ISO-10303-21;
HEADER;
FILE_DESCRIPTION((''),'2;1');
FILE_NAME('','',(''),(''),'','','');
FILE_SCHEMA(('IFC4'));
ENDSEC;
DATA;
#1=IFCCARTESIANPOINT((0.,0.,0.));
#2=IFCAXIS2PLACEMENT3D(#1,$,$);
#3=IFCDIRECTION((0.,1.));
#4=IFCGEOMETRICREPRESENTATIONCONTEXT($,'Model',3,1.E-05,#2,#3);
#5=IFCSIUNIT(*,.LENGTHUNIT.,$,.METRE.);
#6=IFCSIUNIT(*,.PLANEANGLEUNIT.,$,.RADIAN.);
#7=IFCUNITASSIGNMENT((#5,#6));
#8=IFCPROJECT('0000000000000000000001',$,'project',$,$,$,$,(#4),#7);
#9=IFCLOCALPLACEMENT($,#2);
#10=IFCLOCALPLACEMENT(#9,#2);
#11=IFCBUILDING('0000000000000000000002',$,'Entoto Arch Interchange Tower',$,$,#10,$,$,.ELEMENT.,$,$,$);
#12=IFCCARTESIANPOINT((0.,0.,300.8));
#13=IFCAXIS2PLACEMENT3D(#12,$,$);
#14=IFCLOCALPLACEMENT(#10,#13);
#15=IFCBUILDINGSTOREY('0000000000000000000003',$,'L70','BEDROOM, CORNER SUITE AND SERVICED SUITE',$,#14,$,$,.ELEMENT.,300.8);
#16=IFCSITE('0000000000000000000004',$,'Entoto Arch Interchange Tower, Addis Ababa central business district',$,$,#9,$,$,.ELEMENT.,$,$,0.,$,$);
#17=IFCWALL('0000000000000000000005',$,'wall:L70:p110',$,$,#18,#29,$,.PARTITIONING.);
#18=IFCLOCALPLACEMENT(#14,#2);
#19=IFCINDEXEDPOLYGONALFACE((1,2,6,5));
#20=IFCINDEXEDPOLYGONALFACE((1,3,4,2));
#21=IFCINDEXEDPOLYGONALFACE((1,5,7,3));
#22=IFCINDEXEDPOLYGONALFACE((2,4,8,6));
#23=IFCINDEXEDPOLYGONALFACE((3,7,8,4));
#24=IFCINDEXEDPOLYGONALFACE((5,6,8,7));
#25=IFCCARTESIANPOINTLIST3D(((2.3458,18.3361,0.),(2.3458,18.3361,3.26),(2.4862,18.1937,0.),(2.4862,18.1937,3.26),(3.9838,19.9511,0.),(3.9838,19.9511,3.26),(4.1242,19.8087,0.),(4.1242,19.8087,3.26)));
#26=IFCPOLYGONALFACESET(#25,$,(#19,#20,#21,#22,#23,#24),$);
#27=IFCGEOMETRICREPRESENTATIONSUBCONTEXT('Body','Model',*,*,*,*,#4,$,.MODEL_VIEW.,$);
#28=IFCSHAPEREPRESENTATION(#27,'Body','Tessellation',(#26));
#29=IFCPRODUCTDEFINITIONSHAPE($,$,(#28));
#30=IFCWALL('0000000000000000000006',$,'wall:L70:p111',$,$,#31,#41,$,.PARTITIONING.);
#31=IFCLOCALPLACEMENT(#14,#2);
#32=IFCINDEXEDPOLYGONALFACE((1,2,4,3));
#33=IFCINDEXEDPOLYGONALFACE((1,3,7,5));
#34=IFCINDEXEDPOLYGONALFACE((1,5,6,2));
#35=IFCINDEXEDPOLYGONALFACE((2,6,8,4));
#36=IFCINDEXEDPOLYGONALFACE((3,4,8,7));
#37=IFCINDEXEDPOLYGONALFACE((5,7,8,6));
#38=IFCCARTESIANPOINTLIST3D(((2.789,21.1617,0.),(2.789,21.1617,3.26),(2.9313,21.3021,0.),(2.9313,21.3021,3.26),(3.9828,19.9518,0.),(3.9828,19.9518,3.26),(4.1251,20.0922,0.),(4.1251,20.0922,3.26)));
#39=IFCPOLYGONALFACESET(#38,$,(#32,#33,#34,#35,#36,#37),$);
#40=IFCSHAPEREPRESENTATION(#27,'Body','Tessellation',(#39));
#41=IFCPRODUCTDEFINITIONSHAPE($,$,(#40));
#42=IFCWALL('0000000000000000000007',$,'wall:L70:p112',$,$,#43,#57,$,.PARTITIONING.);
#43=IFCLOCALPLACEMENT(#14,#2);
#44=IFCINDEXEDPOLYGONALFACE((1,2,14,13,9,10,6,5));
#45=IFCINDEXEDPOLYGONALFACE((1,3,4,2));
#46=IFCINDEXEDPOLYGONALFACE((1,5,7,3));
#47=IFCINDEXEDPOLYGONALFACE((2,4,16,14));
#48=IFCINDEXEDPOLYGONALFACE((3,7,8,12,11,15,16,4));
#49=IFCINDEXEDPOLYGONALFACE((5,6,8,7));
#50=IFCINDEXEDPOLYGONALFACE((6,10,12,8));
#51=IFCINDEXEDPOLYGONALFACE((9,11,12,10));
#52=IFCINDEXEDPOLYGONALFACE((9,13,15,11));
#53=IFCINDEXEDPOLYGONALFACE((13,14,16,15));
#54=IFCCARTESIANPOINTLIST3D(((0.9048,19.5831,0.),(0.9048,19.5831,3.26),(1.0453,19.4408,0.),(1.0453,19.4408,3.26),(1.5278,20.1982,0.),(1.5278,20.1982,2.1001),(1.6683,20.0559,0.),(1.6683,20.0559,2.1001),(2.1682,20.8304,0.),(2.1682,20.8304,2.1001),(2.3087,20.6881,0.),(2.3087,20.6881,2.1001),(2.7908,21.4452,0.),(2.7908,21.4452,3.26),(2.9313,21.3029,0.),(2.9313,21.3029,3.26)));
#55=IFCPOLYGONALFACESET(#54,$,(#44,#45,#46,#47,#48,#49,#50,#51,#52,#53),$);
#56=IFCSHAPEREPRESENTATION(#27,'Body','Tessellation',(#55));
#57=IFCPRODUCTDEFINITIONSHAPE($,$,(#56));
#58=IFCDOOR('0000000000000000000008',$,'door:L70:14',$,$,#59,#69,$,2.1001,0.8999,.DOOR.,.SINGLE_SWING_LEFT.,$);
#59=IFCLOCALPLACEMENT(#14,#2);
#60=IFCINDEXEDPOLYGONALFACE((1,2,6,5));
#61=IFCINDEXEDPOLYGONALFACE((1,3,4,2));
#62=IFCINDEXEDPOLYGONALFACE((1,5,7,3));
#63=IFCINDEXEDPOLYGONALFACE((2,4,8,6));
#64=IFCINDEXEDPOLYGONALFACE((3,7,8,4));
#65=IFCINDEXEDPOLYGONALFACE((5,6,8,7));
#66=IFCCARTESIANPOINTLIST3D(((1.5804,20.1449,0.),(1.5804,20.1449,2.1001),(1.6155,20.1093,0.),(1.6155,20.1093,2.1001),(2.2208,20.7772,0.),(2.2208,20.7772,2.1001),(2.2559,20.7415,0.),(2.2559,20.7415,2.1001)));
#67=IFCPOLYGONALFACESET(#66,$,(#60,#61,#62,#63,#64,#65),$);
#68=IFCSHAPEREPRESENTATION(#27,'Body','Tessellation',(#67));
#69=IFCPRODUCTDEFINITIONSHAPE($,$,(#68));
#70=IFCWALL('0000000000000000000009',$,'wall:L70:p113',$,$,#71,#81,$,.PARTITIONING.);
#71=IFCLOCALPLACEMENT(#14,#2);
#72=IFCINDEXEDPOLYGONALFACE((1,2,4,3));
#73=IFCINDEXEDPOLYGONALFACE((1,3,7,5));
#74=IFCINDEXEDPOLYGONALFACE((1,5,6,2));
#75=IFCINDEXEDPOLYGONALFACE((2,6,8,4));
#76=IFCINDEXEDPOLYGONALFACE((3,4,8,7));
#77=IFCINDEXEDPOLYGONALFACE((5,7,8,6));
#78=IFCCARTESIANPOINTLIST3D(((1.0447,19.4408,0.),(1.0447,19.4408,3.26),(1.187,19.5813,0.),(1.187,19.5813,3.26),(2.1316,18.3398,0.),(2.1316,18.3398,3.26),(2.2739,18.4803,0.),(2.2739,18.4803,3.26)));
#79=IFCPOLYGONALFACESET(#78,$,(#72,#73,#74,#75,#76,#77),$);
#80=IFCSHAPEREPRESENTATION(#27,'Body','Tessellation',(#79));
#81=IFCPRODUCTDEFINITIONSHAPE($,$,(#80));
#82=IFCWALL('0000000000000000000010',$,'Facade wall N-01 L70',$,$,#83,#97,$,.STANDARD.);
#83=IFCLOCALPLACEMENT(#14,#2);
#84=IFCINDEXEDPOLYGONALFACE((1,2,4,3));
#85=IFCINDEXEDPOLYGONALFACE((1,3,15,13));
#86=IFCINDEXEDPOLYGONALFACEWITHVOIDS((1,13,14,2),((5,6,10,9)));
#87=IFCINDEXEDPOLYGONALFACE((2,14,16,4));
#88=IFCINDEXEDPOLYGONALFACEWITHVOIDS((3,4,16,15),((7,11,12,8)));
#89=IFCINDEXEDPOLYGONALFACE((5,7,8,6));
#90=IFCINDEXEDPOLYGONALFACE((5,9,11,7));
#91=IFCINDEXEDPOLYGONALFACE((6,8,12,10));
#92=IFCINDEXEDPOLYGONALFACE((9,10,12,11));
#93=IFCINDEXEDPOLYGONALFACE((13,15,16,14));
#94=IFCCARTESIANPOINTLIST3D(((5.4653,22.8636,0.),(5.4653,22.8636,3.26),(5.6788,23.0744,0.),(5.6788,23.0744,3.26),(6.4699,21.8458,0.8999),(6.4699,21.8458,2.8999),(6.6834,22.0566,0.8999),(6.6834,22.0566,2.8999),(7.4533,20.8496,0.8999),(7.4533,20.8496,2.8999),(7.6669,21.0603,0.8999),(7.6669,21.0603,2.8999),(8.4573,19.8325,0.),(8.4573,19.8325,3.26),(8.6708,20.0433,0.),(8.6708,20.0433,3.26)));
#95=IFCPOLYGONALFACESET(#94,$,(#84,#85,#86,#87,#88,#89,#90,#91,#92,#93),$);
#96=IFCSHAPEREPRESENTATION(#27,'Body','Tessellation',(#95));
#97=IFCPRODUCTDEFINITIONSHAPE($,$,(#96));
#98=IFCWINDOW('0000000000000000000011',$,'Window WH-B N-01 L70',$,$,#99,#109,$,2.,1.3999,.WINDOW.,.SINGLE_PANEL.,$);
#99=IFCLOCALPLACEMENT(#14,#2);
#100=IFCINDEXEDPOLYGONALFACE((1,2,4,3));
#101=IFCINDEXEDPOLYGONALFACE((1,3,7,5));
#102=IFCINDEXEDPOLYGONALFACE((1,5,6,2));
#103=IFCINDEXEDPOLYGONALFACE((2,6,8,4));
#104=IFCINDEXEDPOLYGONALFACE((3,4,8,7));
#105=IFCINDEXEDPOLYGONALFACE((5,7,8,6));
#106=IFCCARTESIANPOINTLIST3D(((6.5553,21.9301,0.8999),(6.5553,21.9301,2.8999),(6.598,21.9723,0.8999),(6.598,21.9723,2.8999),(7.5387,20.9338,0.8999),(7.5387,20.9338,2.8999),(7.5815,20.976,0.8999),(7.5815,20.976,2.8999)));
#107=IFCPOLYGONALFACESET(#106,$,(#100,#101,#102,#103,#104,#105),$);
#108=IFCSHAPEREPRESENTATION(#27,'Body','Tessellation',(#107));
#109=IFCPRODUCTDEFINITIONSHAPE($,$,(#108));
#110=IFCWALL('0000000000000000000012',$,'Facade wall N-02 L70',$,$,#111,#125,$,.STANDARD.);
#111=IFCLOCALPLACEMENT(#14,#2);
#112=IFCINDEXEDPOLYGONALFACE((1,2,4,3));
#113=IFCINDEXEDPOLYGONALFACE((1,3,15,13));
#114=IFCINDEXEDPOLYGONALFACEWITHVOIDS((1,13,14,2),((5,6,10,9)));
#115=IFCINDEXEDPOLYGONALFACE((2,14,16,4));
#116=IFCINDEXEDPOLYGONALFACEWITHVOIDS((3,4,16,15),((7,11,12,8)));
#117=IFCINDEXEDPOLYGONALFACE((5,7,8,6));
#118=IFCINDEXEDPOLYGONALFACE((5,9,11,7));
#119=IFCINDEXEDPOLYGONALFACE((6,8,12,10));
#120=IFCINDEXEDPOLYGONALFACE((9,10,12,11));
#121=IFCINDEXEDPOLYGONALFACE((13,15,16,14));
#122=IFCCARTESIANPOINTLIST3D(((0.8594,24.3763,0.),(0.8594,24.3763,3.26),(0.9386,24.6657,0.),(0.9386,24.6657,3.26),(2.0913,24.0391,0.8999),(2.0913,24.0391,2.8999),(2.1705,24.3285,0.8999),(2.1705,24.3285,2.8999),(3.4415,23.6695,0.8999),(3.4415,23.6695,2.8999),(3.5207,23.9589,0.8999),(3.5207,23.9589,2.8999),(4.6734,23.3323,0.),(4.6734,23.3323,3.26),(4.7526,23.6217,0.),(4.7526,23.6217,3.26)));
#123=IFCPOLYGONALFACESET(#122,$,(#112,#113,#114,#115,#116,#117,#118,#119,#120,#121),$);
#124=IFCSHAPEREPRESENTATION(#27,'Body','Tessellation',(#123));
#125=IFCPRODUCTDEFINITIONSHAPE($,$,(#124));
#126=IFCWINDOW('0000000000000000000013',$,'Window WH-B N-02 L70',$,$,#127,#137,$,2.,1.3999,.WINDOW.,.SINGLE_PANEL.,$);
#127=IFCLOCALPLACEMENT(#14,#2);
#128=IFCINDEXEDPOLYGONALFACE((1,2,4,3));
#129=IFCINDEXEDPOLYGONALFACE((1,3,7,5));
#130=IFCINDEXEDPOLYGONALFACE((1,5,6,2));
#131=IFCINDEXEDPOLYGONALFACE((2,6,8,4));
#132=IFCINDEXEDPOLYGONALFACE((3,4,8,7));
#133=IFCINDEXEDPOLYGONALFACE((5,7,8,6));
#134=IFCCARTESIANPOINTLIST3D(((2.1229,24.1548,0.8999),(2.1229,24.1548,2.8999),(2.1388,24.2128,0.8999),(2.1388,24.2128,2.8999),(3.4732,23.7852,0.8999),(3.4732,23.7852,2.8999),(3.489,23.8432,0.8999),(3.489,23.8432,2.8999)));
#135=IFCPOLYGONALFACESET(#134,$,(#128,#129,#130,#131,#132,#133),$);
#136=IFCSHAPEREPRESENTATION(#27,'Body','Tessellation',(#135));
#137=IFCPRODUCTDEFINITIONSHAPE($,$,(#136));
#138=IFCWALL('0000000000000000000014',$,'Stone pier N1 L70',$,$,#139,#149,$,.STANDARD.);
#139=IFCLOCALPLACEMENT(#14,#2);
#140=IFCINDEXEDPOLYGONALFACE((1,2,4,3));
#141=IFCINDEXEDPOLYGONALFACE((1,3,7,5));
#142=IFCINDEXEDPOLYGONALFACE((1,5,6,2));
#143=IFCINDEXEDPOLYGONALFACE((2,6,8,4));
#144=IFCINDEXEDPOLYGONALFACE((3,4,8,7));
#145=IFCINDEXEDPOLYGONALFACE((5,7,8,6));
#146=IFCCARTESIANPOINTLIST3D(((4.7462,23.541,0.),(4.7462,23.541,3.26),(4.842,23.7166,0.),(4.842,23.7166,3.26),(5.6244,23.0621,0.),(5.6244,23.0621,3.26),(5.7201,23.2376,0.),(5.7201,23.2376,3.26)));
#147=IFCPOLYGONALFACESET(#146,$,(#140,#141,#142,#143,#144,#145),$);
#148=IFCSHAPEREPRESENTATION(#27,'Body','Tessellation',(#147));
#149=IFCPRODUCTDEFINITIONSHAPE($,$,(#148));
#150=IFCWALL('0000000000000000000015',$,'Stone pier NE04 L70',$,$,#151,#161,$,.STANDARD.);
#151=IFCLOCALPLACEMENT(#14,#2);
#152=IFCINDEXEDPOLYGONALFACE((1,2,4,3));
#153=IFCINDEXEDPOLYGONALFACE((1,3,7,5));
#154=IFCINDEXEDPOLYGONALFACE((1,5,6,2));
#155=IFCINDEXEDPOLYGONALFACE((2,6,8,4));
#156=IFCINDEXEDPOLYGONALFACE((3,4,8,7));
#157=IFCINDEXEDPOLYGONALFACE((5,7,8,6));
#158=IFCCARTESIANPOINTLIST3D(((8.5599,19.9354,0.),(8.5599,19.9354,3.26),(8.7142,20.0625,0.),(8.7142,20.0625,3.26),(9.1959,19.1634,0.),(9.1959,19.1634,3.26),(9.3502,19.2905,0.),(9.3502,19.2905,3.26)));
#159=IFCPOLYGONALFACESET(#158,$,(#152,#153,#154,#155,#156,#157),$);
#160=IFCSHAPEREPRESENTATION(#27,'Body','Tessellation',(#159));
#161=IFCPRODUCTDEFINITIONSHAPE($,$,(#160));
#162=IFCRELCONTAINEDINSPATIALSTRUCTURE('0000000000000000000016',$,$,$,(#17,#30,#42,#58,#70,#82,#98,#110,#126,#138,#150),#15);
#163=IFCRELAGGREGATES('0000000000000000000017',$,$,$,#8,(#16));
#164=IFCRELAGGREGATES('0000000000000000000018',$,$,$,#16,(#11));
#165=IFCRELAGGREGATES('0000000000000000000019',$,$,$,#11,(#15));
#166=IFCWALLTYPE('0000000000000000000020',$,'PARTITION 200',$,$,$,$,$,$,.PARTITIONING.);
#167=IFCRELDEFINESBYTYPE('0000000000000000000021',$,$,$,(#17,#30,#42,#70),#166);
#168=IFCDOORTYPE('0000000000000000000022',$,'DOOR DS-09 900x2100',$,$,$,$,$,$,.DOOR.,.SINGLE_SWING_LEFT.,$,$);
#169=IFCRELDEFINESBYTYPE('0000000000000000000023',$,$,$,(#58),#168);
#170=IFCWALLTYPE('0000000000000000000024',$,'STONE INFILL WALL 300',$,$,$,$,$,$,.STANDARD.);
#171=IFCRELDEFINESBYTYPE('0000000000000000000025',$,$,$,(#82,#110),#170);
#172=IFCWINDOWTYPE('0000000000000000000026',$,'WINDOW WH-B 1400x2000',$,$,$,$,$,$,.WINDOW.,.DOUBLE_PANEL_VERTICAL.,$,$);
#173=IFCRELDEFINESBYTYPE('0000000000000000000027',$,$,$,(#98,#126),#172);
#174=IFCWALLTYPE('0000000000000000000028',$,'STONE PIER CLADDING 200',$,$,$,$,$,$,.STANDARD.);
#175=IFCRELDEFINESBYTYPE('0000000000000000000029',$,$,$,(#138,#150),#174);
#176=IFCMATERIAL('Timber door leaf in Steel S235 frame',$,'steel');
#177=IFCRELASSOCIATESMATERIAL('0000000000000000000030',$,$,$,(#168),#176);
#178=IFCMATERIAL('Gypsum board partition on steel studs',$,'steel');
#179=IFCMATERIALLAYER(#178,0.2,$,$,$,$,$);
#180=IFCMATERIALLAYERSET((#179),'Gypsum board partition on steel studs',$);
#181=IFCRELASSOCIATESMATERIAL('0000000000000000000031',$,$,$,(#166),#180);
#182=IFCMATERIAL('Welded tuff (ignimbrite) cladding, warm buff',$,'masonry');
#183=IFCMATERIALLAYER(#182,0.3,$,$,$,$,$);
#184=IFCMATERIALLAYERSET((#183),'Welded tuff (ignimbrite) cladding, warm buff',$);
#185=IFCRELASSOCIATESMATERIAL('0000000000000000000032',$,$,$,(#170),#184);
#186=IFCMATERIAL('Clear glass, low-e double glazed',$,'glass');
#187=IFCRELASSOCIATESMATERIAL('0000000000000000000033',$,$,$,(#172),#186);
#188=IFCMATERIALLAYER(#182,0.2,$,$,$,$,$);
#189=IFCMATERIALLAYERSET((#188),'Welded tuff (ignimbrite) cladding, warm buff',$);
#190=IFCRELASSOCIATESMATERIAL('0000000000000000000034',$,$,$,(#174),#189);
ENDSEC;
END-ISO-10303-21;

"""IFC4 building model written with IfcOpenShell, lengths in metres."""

from ifc_helpers import new_model, si_unit, direction, frame, frame_2d, origin, place, context, subcontext, project, spatial, rectangle, extrude, material, layer, layer_set, type_object, element, fill, save


model = new_model("IFC4")

# Units and contexts
model_context = context("Model", 3, precision=1e-05, world=origin(), true_north=direction((0.0, 1.0)))
body_context = subcontext(model_context, "Body", "Model", "MODEL_VIEW")
ifc_project = project(units=[si_unit("LENGTHUNIT", "METRE"), si_unit("PLANEANGLEUNIT", "RADIAN")], contexts=[model_context])

# Site, building, storey
site_placement = place(None, origin())
site = spatial("IfcSite", under=ifc_project, at=site_placement, Name="Entoto Arch Interchange Tower, Addis Ababa central business district", CompositionType="ELEMENT", RefElevation=0.0)
building_placement = place(site_placement, origin())
building = spatial("IfcBuilding", under=site, at=building_placement, Name="Entoto Arch Interchange Tower", CompositionType="ELEMENT")
storey_placement = place(building_placement, frame((0.0, 0.0, 300.8)))
storey = spatial("IfcBuildingStorey", under=building, at=storey_placement, Name="L70", Description="BEDROOM, CORNER SUITE AND SERVICED SUITE", CompositionType="ELEMENT", Elevation=300.8)

# Shared definitions
ifc_material_1 = material(Name="Gypsum board partition on steel studs", Category="steel")
ifc_material_2 = material(Name="Timber door leaf in Steel S235 frame", Category="steel")
door_type_1 = type_object("IfcDoorType", Name="DOOR DS-09 900x2100", OperationType="SINGLE_SWING_LEFT", PredefinedType="DOOR", material=ifc_material_2)

# Shared definitions
ifc_layer_1 = layer(ifc_material_1, 0.2)
ifc_layer_set_1 = layer_set([ifc_layer_1], Name="Gypsum board partition on steel studs")
wall_type_1 = type_object("IfcWallType", Name="PARTITION 200", PredefinedType="PARTITIONING", material=ifc_layer_set_1)

# Walls
wall_1_placement = place(storey_placement, frame((2.416, 18.2649, 0.0), z_axis=(0.0, 0.0, 1.0), x_axis=(0.712078, 0.702101, 0.0)))
element("IfcWall", 1, at=wall_1_placement, inside=storey, type_object=wall_type_1, Name="wall:L70:p110", PredefinedType="PARTITIONING", context=body_context, shape_type="SweptSolid", body=[
    extrude(rectangle(XDim=2.3003, YDim=0.2, at=frame_2d((1.1501, 0.0))), origin(), (0.0, 0.0, 1.0), 3.26),
])
wall_2_placement = place(storey_placement, frame((4.054, 20.022, 0.0), z_axis=(0.0, 0.0, 1.0), x_axis=(-0.702351, 0.711831, 0.0)))
element("IfcWall", 2, at=wall_2_placement, inside=storey, type_object=wall_type_1, Name="wall:L70:p111", PredefinedType="PARTITIONING", context=body_context, shape_type="SweptSolid", body=[
    extrude(rectangle(XDim=1.6997, YDim=0.2, at=frame_2d((0.8499, 0.0))), origin(), (0.0, 0.0, 1.0), 3.26),
])

# Wall, opening, door
wall_3_placement = place(storey_placement, frame((2.8611, 21.374, 0.0), z_axis=(0.0, 0.0, 1.0), x_axis=(-0.711606, -0.702579, 0.0)))
wall_3 = element("IfcWall", 3, at=wall_3_placement, inside=storey, type_object=wall_type_1, Name="wall:L70:p112", PredefinedType="PARTITIONING", context=body_context, shape_type="SweptSolid", body=[
    extrude(rectangle(XDim=2.6504, YDim=0.2, at=frame_2d((1.3252, 0.0))), origin(), (0.0, 0.0, 1.0), 3.26),
])
opening_1_placement = place(wall_3_placement, frame((0.875, 0.0, 0.0)))
opening_1 = element("IfcOpeningElement", 4, at=opening_1_placement, cuts=wall_3, PredefinedType="OPENING", context=body_context, shape_type="SweptSolid", body=[
    extrude(rectangle(XDim=0.8999, YDim=2.1001, at=frame_2d((0.45, 1.05))), frame((0.0, 0.1099, 0.0), z_axis=(0.0, -1.0, 0.0), x_axis=(1.0, 0.0, 0.0)), (0.0, 0.0, 1.0), 0.22),
])
door_1_placement = place(opening_1_placement, origin())
door_1 = element("IfcDoor", 5, at=door_1_placement, inside=storey, type_object=door_type_1, Name="door:L70:14", OperationType="SINGLE_SWING_LEFT", OverallHeight=2.1001, OverallWidth=0.8999, PredefinedType="DOOR", context=body_context, shape_type="SweptSolid", body=[
    extrude(rectangle(XDim=0.8999, YDim=2.1001, at=frame_2d((0.45, 1.05))), frame((0.0, 0.0249, 0.0), z_axis=(0.0, -1.0, 0.0), x_axis=(1.0, 0.0, 0.0)), (0.0, 0.0, 1.0), 0.05),
])
fill(opening_1, door_1)

# Wall
wall_4_placement = place(storey_placement, frame((1.116, 19.511, 0.0), z_axis=(0.0, 0.0, 1.0), x_axis=(0.702516, -0.711668, 0.0)))
element("IfcWall", 6, at=wall_4_placement, inside=storey, type_object=wall_type_1, Name="wall:L70:p113", PredefinedType="PARTITIONING", context=body_context, shape_type="SweptSolid", body=[
    extrude(rectangle(XDim=1.5471, YDim=0.2, at=frame_2d((0.7734, 0.0))), origin(), (0.0, 0.0, 1.0), 3.26),
])

# Walls, openings, windows
ifc_material_3 = material(Name="Welded tuff (ignimbrite) cladding, warm buff", Category="masonry")
ifc_layer_2 = layer(ifc_material_3, 0.3)
ifc_layer_set_2 = layer_set([ifc_layer_2], Name="Welded tuff (ignimbrite) cladding, warm buff")
wall_type_2 = type_object("IfcWallType", Name="STONE INFILL WALL 300", PredefinedType="STANDARD", material=ifc_layer_set_2)
wall_5_placement = place(storey_placement, frame((8.564, 19.938, 0.0), z_axis=(0.0, 0.0, 1.0), x_axis=(-0.702506, 0.711678, 0.0)))
wall_5 = element("IfcWall", 7, at=wall_5_placement, inside=storey, type_object=wall_type_2, Name="Facade wall N-01 L70", PredefinedType="STANDARD", context=body_context, shape_type="SweptSolid", body=[
    extrude(rectangle(XDim=4.259, YDim=0.3, at=frame_2d((2.1294, 0.0))), origin(), (0.0, 0.0, 1.0), 3.26),
])
opening_2_placement = place(wall_5_placement, frame((1.429, 0.0, 0.8999)))
opening_2 = element("IfcOpeningElement", 8, at=opening_2_placement, cuts=wall_5, PredefinedType="OPENING", context=body_context, shape_type="SweptSolid", body=[
    extrude(rectangle(XDim=1.3999, YDim=2.0, at=frame_2d((0.7, 1.0))), frame((0.0, 0.1602, 0.0), z_axis=(0.0, -1.0, 0.0), x_axis=(1.0, 0.0, 0.0)), (0.0, 0.0, 1.0), 0.3201),
])
ifc_material_4 = material(Name="Clear glass, low-e double glazed", Category="glass")
window_type = type_object("IfcWindowType", Name="WINDOW WH-B 1400x2000", PartitioningType="DOUBLE_PANEL_VERTICAL", PredefinedType="WINDOW", material=ifc_material_4)
window_1_placement = place(opening_2_placement, origin())
window_1 = element("IfcWindow", 9, at=window_1_placement, inside=storey, type_object=window_type, Name="Window WH-B N-01 L70", OverallHeight=2.0, OverallWidth=1.3999, PartitioningType="SINGLE_PANEL", PredefinedType="WINDOW", context=body_context, shape_type="SweptSolid", body=[
    extrude(rectangle(XDim=1.3999, YDim=2.0, at=frame_2d((0.7, 1.0))), frame((0.0, 0.03, 0.0), z_axis=(0.0, -1.0, 0.0), x_axis=(1.0, 0.0, 0.0)), (0.0, 0.0, 1.0), 0.0601),
])
fill(opening_2, window_1)
wall_6_placement = place(storey_placement, frame((4.7129, 23.4771, 0.0), z_axis=(0.0, 0.0, 1.0), x_axis=(-0.964521, 0.264005, 0.0)))
wall_6 = element("IfcWall", 10, at=wall_6_placement, inside=storey, type_object=wall_type_2, Name="Facade wall N-02 L70", PredefinedType="STANDARD", context=body_context, shape_type="SweptSolid", body=[
    extrude(rectangle(XDim=3.9543, YDim=0.3, at=frame_2d((1.9771, 0.0))), origin(), (0.0, 0.0, 1.0), 3.26),
])
opening_3_placement = place(wall_6_placement, frame((1.2771, 0.0, 0.8999)))
opening_3 = element("IfcOpeningElement", 11, at=opening_3_placement, cuts=wall_6, PredefinedType="OPENING", context=body_context, shape_type="SweptSolid", body=[
    extrude(rectangle(XDim=1.3999, YDim=2.0, at=frame_2d((0.7, 1.0))), frame((0.0, 0.1602, 0.0), z_axis=(0.0, -1.0, 0.0), x_axis=(1.0, 0.0, 0.0)), (0.0, 0.0, 1.0), 0.3201),
])
window_2_placement = place(opening_3_placement, origin())
window_2 = element("IfcWindow", 12, at=window_2_placement, inside=storey, type_object=window_type, Name="Window WH-B N-02 L70", OverallHeight=2.0, OverallWidth=1.3999, PartitioningType="SINGLE_PANEL", PredefinedType="WINDOW", context=body_context, shape_type="SweptSolid", body=[
    extrude(rectangle(XDim=1.3999, YDim=2.0, at=frame_2d((0.7, 1.0))), frame((0.0, 0.03, 0.0), z_axis=(0.0, -1.0, 0.0), x_axis=(1.0, 0.0, 0.0)), (0.0, 0.0, 1.0), 0.0601),
])
fill(opening_3, window_2)

# Walls
ifc_layer_3 = layer(ifc_material_3, 0.2)
ifc_layer_set_3 = layer_set([ifc_layer_3], Name="Welded tuff (ignimbrite) cladding, warm buff")
wall_type_3 = type_object("IfcWallType", Name="STONE PIER CLADDING 200", PredefinedType="STANDARD", material=ifc_layer_set_3)
for number, where, z_axis, x_axis, name in (
    (13, (5.6721, 23.1499, 0.0), (0.0, 0.0, 1.0), (-0.877896, 0.478852, 0.0), "Stone pier N1 L70"),
    (14, (9.2729, 19.2271, 0.0), (0.0, 0.0, 1.0), (-0.635853, 0.77181, 0.0), "Stone pier NE04 L70"),
):
    element("IfcWall", number, at=place(storey_placement, frame(where, z_axis=z_axis, x_axis=x_axis)), inside=storey, type_object=wall_type_3, Name=name, PredefinedType="STANDARD", context=body_context, shape_type="SweptSolid", body=[
        extrude(rectangle(XDim=1.0002, YDim=0.2, at=frame_2d((0.5, 0.0))), origin(), (0.0, 0.0, 1.0), 3.26),
    ])

save(model, "model.ifc")
